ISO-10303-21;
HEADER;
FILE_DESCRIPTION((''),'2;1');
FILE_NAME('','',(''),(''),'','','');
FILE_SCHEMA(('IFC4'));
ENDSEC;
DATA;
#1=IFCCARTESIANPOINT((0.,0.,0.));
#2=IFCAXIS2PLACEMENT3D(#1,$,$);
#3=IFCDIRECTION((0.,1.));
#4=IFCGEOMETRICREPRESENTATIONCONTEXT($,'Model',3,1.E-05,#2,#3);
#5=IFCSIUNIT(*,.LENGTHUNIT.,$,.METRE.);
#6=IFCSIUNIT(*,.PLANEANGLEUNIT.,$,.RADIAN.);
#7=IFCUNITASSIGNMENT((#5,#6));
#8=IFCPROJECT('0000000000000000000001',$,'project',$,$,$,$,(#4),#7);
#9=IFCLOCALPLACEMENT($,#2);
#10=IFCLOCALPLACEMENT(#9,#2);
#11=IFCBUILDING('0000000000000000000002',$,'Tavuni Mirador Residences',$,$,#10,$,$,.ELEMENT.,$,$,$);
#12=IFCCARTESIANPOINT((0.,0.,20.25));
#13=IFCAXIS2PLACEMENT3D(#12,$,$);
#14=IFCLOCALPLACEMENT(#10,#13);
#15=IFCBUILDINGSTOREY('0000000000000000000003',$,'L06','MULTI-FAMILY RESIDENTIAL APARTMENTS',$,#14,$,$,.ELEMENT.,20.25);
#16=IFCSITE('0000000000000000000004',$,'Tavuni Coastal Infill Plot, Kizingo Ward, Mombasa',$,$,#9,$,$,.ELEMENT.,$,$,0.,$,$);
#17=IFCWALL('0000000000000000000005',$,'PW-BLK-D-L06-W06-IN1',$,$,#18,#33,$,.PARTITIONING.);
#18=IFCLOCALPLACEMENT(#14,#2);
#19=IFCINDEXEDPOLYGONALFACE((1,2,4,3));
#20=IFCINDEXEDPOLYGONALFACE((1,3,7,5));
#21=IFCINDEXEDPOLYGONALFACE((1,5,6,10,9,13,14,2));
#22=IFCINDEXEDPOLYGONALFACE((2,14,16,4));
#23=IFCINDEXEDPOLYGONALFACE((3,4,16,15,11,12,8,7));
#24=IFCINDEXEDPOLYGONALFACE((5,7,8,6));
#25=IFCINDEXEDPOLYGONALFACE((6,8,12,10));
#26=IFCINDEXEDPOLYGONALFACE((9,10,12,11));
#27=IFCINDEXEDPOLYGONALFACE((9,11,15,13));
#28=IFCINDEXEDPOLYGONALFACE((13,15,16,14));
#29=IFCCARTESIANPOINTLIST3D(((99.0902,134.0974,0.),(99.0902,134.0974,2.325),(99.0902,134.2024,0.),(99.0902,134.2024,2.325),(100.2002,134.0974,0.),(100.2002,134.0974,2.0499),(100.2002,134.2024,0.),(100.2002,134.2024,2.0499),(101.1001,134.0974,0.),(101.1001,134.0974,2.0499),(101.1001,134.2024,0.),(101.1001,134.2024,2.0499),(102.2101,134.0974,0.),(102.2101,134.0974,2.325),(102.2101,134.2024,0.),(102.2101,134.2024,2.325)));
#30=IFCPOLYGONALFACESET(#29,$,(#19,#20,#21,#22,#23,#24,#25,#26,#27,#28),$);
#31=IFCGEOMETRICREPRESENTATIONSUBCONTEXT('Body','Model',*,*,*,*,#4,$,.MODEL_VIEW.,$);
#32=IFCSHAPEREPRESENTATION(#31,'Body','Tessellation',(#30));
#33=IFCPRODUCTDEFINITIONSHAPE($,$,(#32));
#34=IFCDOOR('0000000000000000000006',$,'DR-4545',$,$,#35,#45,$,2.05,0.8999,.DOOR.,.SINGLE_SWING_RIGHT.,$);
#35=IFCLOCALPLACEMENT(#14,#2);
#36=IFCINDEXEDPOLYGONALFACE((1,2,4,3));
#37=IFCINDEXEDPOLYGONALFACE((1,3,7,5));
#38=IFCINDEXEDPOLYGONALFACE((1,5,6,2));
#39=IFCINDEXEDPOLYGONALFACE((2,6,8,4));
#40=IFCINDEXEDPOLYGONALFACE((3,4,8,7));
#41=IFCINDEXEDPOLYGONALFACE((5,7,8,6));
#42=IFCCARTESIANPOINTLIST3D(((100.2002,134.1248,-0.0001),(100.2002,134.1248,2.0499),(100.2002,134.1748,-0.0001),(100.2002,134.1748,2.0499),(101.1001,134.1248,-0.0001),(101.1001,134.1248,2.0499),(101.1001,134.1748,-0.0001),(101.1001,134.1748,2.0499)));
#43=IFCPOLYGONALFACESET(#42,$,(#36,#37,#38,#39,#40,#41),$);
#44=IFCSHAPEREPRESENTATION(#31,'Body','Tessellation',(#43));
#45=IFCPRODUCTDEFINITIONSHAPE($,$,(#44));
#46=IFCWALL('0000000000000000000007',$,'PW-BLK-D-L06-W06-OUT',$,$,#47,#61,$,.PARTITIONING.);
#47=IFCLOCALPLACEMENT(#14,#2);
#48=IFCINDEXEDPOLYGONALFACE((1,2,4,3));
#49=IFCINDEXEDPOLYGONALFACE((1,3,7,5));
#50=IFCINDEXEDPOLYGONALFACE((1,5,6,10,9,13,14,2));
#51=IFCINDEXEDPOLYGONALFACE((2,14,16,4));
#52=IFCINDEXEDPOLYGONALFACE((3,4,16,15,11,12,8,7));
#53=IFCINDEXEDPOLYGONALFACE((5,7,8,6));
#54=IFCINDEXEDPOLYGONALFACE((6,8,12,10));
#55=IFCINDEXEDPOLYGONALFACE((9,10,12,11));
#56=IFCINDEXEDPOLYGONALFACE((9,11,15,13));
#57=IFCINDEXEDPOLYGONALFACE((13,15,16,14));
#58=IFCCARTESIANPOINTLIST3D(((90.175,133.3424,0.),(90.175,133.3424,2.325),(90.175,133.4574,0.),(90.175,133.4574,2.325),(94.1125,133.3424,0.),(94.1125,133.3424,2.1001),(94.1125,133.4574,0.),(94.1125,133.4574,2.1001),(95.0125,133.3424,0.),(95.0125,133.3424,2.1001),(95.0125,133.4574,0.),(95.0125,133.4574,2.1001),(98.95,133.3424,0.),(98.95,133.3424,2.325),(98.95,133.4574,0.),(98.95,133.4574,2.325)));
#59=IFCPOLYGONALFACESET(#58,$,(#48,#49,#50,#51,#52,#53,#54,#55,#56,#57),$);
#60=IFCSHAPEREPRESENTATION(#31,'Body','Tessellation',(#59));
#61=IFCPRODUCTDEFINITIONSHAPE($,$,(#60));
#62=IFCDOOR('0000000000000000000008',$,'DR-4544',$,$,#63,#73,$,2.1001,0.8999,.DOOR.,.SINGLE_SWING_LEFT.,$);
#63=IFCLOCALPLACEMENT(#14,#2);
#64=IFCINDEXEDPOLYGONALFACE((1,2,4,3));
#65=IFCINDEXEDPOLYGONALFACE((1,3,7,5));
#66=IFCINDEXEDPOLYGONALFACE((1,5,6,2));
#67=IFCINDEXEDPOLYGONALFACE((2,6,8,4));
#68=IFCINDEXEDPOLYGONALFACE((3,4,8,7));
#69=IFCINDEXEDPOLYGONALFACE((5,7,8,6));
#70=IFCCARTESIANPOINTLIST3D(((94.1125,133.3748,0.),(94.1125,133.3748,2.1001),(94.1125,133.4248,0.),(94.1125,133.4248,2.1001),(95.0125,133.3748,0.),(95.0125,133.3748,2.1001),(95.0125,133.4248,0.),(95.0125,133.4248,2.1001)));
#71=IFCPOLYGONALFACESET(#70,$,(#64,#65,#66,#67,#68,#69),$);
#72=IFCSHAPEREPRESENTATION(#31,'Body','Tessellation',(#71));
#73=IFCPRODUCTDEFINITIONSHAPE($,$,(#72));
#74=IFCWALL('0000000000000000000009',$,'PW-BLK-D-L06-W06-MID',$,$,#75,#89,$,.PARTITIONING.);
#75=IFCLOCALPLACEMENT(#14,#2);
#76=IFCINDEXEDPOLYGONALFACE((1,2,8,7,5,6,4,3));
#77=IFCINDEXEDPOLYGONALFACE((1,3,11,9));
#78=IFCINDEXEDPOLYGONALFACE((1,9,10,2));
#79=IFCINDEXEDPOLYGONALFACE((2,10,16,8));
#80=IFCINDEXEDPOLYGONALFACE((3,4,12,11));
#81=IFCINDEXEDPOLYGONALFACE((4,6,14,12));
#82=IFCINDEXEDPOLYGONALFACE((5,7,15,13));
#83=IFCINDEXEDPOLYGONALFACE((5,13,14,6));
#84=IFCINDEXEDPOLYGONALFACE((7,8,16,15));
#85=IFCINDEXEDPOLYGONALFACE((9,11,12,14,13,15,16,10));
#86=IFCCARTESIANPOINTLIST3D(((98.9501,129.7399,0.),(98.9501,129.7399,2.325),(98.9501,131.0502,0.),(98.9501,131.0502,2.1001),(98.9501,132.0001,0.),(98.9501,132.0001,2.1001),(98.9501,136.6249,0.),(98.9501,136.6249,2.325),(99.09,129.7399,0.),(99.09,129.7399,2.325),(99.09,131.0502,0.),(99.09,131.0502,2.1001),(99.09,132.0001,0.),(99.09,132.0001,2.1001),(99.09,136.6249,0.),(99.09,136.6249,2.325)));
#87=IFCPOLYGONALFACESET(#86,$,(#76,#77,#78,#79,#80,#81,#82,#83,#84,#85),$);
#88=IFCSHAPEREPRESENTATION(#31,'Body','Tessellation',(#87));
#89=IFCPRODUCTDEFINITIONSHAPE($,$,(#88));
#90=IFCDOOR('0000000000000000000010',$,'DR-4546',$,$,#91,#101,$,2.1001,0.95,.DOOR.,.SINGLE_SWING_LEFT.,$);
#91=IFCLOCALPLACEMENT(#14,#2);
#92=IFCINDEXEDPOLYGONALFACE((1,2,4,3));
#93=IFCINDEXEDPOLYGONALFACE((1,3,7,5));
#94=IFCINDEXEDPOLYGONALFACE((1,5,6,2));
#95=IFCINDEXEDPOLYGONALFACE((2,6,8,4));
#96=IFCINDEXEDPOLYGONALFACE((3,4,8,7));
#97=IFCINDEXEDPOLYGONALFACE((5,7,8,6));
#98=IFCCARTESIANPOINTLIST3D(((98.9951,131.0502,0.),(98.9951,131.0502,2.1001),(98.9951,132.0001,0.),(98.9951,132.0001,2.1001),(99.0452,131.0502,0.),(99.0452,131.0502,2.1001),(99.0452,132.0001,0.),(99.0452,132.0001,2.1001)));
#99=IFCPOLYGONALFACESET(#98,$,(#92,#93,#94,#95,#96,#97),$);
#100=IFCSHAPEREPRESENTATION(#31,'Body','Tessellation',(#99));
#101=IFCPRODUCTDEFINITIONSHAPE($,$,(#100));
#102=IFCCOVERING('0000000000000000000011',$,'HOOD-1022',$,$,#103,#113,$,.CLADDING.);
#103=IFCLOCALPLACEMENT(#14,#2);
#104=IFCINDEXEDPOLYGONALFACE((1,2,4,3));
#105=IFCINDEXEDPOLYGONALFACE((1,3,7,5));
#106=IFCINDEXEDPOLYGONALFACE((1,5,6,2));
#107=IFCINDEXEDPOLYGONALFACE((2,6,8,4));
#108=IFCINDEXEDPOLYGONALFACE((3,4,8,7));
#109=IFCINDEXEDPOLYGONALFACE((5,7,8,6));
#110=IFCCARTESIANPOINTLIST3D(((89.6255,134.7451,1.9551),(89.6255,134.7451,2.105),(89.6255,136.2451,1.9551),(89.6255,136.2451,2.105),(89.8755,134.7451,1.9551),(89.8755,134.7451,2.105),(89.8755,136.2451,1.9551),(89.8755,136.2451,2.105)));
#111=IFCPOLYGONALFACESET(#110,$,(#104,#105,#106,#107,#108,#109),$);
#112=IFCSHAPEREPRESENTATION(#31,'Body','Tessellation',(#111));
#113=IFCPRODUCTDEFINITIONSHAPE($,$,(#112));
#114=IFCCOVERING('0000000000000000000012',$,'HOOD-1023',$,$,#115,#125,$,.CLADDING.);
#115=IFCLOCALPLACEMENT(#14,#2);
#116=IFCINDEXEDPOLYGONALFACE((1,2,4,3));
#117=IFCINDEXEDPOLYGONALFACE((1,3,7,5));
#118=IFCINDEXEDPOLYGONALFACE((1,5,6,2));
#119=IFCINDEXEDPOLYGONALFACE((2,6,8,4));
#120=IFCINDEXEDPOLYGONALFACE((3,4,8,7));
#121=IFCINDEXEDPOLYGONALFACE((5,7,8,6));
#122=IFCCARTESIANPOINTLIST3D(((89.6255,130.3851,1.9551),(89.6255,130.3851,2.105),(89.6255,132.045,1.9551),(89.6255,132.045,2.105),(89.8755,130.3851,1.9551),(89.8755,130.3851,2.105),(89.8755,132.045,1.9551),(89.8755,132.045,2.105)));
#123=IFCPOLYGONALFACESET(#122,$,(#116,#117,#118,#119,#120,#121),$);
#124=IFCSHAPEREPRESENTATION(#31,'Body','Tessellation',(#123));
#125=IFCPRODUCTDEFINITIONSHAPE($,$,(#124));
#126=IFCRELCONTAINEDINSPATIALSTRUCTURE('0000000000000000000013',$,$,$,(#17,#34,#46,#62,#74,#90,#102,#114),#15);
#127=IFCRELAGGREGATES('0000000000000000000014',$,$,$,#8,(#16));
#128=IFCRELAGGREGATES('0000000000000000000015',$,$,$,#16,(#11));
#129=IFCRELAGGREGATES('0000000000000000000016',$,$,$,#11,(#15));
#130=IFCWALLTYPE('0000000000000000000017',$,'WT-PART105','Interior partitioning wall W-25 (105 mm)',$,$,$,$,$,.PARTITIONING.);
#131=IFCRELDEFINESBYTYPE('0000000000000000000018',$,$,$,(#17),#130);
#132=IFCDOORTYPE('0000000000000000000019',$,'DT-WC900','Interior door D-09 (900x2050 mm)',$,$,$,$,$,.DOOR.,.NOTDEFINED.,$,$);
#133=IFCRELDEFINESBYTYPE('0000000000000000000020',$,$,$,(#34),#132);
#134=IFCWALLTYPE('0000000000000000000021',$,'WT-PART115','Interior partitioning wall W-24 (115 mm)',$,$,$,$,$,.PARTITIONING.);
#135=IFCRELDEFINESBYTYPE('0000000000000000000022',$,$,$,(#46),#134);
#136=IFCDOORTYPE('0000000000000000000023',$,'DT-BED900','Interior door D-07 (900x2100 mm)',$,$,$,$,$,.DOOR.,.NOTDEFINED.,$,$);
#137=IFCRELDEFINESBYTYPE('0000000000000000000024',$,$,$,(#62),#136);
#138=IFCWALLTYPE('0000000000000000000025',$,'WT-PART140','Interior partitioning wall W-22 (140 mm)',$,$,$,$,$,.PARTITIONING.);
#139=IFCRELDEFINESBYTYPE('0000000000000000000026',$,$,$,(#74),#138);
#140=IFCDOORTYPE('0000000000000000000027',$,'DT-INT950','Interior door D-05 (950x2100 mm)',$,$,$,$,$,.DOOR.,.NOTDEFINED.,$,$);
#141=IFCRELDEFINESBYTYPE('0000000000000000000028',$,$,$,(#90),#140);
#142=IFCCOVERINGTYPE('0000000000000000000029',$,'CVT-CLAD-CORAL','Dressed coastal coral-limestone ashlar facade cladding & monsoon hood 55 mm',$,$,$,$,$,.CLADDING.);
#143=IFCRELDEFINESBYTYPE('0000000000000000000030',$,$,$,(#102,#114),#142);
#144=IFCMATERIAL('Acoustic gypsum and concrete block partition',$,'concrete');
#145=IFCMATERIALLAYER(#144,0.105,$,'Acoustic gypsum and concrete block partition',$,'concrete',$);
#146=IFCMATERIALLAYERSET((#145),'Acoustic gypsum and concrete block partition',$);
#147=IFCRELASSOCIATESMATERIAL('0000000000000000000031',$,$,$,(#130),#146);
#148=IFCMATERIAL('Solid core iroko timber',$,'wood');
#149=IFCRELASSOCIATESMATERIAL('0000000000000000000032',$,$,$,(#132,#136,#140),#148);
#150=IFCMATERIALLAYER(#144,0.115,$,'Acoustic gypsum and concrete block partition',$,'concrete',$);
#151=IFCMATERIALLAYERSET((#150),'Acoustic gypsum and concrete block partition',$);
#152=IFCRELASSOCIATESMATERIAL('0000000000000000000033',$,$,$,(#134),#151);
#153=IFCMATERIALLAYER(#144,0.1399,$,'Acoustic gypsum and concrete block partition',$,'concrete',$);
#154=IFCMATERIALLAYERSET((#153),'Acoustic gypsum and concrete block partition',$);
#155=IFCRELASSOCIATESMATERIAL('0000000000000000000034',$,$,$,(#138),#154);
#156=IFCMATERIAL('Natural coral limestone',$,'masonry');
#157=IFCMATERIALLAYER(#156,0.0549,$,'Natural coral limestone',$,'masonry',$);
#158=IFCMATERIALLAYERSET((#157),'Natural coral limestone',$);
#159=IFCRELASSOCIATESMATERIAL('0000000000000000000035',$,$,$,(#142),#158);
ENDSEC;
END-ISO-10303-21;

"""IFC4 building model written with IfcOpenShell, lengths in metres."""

from ifc_helpers import new_model, si_unit, direction, frame, frame_2d, origin, origin_2d, place, context, subcontext, project, spatial, rectangle, extrude, material, layer, layer_set, type_object, element, fill, save


model = new_model("IFC4")

# Units and contexts
model_context = context("Model", 3, precision=1e-05, world=origin(), true_north=direction((0.0, 1.0)))
body_context = subcontext(model_context, "Body", "Model", "MODEL_VIEW")
ifc_project = project(units=[si_unit("LENGTHUNIT", "METRE"), si_unit("PLANEANGLEUNIT", "RADIAN")], contexts=[model_context])

# Site, building, storey
site_placement = place(None, origin())
site = spatial("IfcSite", under=ifc_project, at=site_placement, Name="Tavuni Coastal Infill Plot, Kizingo Ward, Mombasa", CompositionType="ELEMENT", RefElevation=0.0)
building_placement = place(site_placement, origin())
building = spatial("IfcBuilding", under=site, at=building_placement, Name="Tavuni Mirador Residences", CompositionType="ELEMENT")
storey_placement = place(building_placement, frame((0.0, 0.0, 20.25)))
storey = spatial("IfcBuildingStorey", under=building, at=storey_placement, Name="L06", Description="MULTI-FAMILY RESIDENTIAL APARTMENTS", CompositionType="ELEMENT", Elevation=20.25)

# Walls, openings, doors
ifc_material_1 = material(Name="Acoustic gypsum and concrete block partition", Category="concrete")
ifc_layer_1 = layer(ifc_material_1, 0.105, Name="Acoustic gypsum and concrete block partition", Category="concrete")
ifc_layer_set_1 = layer_set([ifc_layer_1], Name="Acoustic gypsum and concrete block partition")
wall_type_1 = type_object("IfcWallType", Name="WT-PART105", Description="Interior partitioning wall W-25 (105 mm)", PredefinedType="PARTITIONING", material=ifc_layer_set_1)
wall_1_placement = place(storey_placement, frame((99.0901, 134.1499, 0.0), z_axis=(0.0, 0.0, 1.0), x_axis=(1.0, 0.0, 0.0)))
wall_1 = element("IfcWall", 1, at=wall_1_placement, inside=storey, type_object=wall_type_1, Name="PW-BLK-D-L06-W06-IN1", PredefinedType="PARTITIONING", context=body_context, shape_type="SweptSolid", body=[
    extrude(rectangle(XDim=3.1199, YDim=0.105, at=frame_2d((1.5601, 0.0))), origin(), (0.0, 0.0, 1.0), 2.325),
])
opening_1_placement = place(wall_1_placement, frame((1.1101, 0.0, 0.0)))
opening_1 = element("IfcOpeningElement", 2, at=opening_1_placement, cuts=wall_1, PredefinedType="OPENING", context=body_context, shape_type="SweptSolid", body=[
    extrude(rectangle(XDim=0.8999, YDim=2.05, at=frame_2d((0.45, 1.0249))), frame((0.0, 0.0625, 0.0), z_axis=(0.0, -1.0, 0.0), x_axis=(1.0, 0.0, 0.0)), (0.0, 0.0, 1.0), 0.125),
])
ifc_material_2 = material(Name="Solid core iroko timber", Category="wood")
door_type_1 = type_object("IfcDoorType", Name="DT-WC900", Description="Interior door D-09 (900x2050 mm)", OperationType="NOTDEFINED", PredefinedType="DOOR", material=ifc_material_2)
door_1_placement = place(opening_1_placement, origin())
door_1 = element("IfcDoor", 3, at=door_1_placement, inside=storey, type_object=door_type_1, Name="DR-4545", OperationType="SINGLE_SWING_RIGHT", OverallHeight=2.05, OverallWidth=0.8999, PredefinedType="DOOR", context=body_context, shape_type="SweptSolid", body=[
    extrude(rectangle(XDim=0.8999, YDim=2.05, at=frame_2d((0.45, 1.0249))), frame((0.0, 0.0249, 0.0), z_axis=(0.0, -1.0, 0.0), x_axis=(1.0, 0.0, 0.0)), (0.0, 0.0, 1.0), 0.05),
])
fill(opening_1, door_1)
ifc_layer_2 = layer(ifc_material_1, 0.115, Name="Acoustic gypsum and concrete block partition", Category="concrete")
ifc_layer_set_2 = layer_set([ifc_layer_2], Name="Acoustic gypsum and concrete block partition")
wall_type_2 = type_object("IfcWallType", Name="WT-PART115", Description="Interior partitioning wall W-24 (115 mm)", PredefinedType="PARTITIONING", material=ifc_layer_set_2)
wall_2_placement = place(storey_placement, frame((90.175, 133.3999, 0.0), z_axis=(0.0, 0.0, 1.0), x_axis=(1.0, 0.0, 0.0)))
wall_2 = element("IfcWall", 4, at=wall_2_placement, inside=storey, type_object=wall_type_2, Name="PW-BLK-D-L06-W06-OUT", PredefinedType="PARTITIONING", context=body_context, shape_type="SweptSolid", body=[
    extrude(rectangle(XDim=8.7749, YDim=0.115, at=frame_2d((4.3875, 0.0))), origin(), (0.0, 0.0, 1.0), 2.325),
])
opening_2_placement = place(wall_2_placement, frame((3.9375, 0.0, 0.0)))
opening_2 = element("IfcOpeningElement", 5, at=opening_2_placement, cuts=wall_2, PredefinedType="OPENING", context=body_context, shape_type="SweptSolid", body=[
    extrude(rectangle(XDim=0.8999, YDim=2.1001, at=frame_2d((0.45, 1.05))), frame((0.0, 0.0674, 0.0), z_axis=(0.0, -1.0, 0.0), x_axis=(1.0, 0.0, 0.0)), (0.0, 0.0, 1.0), 0.135),
])
door_type_2 = type_object("IfcDoorType", Name="DT-BED900", Description="Interior door D-07 (900x2100 mm)", OperationType="NOTDEFINED", PredefinedType="DOOR", material=ifc_material_2)
door_2_placement = place(opening_2_placement, origin())
door_2 = element("IfcDoor", 6, at=door_2_placement, inside=storey, type_object=door_type_2, Name="DR-4544", OperationType="SINGLE_SWING_LEFT", OverallHeight=2.1001, OverallWidth=0.8999, PredefinedType="DOOR", context=body_context, shape_type="SweptSolid", body=[
    extrude(rectangle(XDim=0.8999, YDim=2.1001, at=frame_2d((0.45, 1.05))), frame((0.0, 0.0249, 0.0), z_axis=(0.0, -1.0, 0.0), x_axis=(1.0, 0.0, 0.0)), (0.0, 0.0, 1.0), 0.05),
])
fill(opening_2, door_2)
ifc_layer_3 = layer(ifc_material_1, 0.1399, Name="Acoustic gypsum and concrete block partition", Category="concrete")
ifc_layer_set_3 = layer_set([ifc_layer_3], Name="Acoustic gypsum and concrete block partition")
wall_type_3 = type_object("IfcWallType", Name="WT-PART140", Description="Interior partitioning wall W-22 (140 mm)", PredefinedType="PARTITIONING", material=ifc_layer_set_3)
wall_3_placement = place(storey_placement, frame((99.02, 129.74, 0.0), z_axis=(0.0, 0.0, 1.0), x_axis=(0.0, 1.0, 0.0)))
wall_3 = element("IfcWall", 7, at=wall_3_placement, inside=storey, type_object=wall_type_3, Name="PW-BLK-D-L06-W06-MID", PredefinedType="PARTITIONING", context=body_context, shape_type="SweptSolid", body=[
    extrude(rectangle(XDim=6.885, YDim=0.1399, at=frame_2d((3.4424, 0.0))), origin(), (0.0, 0.0, 1.0), 2.325),
])
opening_3_placement = place(wall_3_placement, frame((1.3101, 0.0, 0.0)))
opening_3 = element("IfcOpeningElement", 8, at=opening_3_placement, cuts=wall_3, PredefinedType="OPENING", context=body_context, shape_type="SweptSolid", body=[
    extrude(rectangle(XDim=0.95, YDim=2.1001, at=frame_2d((0.4751, 1.05))), frame((0.0, 0.0801, 0.0), z_axis=(0.0, -1.0, 0.0), x_axis=(1.0, 0.0, 0.0)), (0.0, 0.0, 1.0), 0.1599),
])
door_type_3 = type_object("IfcDoorType", Name="DT-INT950", Description="Interior door D-05 (950x2100 mm)", OperationType="NOTDEFINED", PredefinedType="DOOR", material=ifc_material_2)
door_3_placement = place(opening_3_placement, origin())
door_3 = element("IfcDoor", 9, at=door_3_placement, inside=storey, type_object=door_type_3, Name="DR-4546", OperationType="SINGLE_SWING_LEFT", OverallHeight=2.1001, OverallWidth=0.95, PredefinedType="DOOR", context=body_context, shape_type="SweptSolid", body=[
    extrude(rectangle(XDim=0.95, YDim=2.1001, at=frame_2d((0.4751, 1.05))), frame((0.0, 0.0249, 0.0), z_axis=(0.0, -1.0, 0.0), x_axis=(1.0, 0.0, 0.0)), (0.0, 0.0, 1.0), 0.05),
])
fill(opening_3, door_3)

# Coverings
ifc_material_3 = material(Name="Natural coral limestone", Category="masonry")
ifc_layer_4 = layer(ifc_material_3, 0.0549, Name="Natural coral limestone", Category="masonry")
ifc_layer_set_4 = layer_set([ifc_layer_4], Name="Natural coral limestone")
covering_type = type_object("IfcCoveringType", Name="CVT-CLAD-CORAL", Description="Dressed coastal coral-limestone ashlar facade cladding & monsoon hood 55 mm", PredefinedType="CLADDING", material=ifc_layer_set_4)
covering_1_placement = place(storey_placement, frame((89.7505, 135.4951, 1.9551), z_axis=(0.0, 0.0, 1.0), x_axis=(0.0, -1.0, 0.0)))
element("IfcCovering", 10, at=covering_1_placement, inside=storey, type_object=covering_type, Name="HOOD-1022", PredefinedType="CLADDING", context=body_context, shape_type="SweptSolid", body=[
    extrude(rectangle(XDim=1.5, YDim=0.25, at=origin_2d()), origin(), (0.0, 0.0, 1.0), 0.1499),
])
covering_2_placement = place(storey_placement, frame((89.7505, 131.2151, 1.9551), z_axis=(0.0, 0.0, 1.0), x_axis=(0.0, -1.0, 0.0)))
element("IfcCovering", 11, at=covering_2_placement, inside=storey, type_object=covering_type, Name="HOOD-1023", PredefinedType="CLADDING", context=body_context, shape_type="SweptSolid", body=[
    extrude(rectangle(XDim=1.6599, YDim=0.25, at=origin_2d()), origin(), (0.0, 0.0, 1.0), 0.1499),
])

save(model, "model.ifc")
